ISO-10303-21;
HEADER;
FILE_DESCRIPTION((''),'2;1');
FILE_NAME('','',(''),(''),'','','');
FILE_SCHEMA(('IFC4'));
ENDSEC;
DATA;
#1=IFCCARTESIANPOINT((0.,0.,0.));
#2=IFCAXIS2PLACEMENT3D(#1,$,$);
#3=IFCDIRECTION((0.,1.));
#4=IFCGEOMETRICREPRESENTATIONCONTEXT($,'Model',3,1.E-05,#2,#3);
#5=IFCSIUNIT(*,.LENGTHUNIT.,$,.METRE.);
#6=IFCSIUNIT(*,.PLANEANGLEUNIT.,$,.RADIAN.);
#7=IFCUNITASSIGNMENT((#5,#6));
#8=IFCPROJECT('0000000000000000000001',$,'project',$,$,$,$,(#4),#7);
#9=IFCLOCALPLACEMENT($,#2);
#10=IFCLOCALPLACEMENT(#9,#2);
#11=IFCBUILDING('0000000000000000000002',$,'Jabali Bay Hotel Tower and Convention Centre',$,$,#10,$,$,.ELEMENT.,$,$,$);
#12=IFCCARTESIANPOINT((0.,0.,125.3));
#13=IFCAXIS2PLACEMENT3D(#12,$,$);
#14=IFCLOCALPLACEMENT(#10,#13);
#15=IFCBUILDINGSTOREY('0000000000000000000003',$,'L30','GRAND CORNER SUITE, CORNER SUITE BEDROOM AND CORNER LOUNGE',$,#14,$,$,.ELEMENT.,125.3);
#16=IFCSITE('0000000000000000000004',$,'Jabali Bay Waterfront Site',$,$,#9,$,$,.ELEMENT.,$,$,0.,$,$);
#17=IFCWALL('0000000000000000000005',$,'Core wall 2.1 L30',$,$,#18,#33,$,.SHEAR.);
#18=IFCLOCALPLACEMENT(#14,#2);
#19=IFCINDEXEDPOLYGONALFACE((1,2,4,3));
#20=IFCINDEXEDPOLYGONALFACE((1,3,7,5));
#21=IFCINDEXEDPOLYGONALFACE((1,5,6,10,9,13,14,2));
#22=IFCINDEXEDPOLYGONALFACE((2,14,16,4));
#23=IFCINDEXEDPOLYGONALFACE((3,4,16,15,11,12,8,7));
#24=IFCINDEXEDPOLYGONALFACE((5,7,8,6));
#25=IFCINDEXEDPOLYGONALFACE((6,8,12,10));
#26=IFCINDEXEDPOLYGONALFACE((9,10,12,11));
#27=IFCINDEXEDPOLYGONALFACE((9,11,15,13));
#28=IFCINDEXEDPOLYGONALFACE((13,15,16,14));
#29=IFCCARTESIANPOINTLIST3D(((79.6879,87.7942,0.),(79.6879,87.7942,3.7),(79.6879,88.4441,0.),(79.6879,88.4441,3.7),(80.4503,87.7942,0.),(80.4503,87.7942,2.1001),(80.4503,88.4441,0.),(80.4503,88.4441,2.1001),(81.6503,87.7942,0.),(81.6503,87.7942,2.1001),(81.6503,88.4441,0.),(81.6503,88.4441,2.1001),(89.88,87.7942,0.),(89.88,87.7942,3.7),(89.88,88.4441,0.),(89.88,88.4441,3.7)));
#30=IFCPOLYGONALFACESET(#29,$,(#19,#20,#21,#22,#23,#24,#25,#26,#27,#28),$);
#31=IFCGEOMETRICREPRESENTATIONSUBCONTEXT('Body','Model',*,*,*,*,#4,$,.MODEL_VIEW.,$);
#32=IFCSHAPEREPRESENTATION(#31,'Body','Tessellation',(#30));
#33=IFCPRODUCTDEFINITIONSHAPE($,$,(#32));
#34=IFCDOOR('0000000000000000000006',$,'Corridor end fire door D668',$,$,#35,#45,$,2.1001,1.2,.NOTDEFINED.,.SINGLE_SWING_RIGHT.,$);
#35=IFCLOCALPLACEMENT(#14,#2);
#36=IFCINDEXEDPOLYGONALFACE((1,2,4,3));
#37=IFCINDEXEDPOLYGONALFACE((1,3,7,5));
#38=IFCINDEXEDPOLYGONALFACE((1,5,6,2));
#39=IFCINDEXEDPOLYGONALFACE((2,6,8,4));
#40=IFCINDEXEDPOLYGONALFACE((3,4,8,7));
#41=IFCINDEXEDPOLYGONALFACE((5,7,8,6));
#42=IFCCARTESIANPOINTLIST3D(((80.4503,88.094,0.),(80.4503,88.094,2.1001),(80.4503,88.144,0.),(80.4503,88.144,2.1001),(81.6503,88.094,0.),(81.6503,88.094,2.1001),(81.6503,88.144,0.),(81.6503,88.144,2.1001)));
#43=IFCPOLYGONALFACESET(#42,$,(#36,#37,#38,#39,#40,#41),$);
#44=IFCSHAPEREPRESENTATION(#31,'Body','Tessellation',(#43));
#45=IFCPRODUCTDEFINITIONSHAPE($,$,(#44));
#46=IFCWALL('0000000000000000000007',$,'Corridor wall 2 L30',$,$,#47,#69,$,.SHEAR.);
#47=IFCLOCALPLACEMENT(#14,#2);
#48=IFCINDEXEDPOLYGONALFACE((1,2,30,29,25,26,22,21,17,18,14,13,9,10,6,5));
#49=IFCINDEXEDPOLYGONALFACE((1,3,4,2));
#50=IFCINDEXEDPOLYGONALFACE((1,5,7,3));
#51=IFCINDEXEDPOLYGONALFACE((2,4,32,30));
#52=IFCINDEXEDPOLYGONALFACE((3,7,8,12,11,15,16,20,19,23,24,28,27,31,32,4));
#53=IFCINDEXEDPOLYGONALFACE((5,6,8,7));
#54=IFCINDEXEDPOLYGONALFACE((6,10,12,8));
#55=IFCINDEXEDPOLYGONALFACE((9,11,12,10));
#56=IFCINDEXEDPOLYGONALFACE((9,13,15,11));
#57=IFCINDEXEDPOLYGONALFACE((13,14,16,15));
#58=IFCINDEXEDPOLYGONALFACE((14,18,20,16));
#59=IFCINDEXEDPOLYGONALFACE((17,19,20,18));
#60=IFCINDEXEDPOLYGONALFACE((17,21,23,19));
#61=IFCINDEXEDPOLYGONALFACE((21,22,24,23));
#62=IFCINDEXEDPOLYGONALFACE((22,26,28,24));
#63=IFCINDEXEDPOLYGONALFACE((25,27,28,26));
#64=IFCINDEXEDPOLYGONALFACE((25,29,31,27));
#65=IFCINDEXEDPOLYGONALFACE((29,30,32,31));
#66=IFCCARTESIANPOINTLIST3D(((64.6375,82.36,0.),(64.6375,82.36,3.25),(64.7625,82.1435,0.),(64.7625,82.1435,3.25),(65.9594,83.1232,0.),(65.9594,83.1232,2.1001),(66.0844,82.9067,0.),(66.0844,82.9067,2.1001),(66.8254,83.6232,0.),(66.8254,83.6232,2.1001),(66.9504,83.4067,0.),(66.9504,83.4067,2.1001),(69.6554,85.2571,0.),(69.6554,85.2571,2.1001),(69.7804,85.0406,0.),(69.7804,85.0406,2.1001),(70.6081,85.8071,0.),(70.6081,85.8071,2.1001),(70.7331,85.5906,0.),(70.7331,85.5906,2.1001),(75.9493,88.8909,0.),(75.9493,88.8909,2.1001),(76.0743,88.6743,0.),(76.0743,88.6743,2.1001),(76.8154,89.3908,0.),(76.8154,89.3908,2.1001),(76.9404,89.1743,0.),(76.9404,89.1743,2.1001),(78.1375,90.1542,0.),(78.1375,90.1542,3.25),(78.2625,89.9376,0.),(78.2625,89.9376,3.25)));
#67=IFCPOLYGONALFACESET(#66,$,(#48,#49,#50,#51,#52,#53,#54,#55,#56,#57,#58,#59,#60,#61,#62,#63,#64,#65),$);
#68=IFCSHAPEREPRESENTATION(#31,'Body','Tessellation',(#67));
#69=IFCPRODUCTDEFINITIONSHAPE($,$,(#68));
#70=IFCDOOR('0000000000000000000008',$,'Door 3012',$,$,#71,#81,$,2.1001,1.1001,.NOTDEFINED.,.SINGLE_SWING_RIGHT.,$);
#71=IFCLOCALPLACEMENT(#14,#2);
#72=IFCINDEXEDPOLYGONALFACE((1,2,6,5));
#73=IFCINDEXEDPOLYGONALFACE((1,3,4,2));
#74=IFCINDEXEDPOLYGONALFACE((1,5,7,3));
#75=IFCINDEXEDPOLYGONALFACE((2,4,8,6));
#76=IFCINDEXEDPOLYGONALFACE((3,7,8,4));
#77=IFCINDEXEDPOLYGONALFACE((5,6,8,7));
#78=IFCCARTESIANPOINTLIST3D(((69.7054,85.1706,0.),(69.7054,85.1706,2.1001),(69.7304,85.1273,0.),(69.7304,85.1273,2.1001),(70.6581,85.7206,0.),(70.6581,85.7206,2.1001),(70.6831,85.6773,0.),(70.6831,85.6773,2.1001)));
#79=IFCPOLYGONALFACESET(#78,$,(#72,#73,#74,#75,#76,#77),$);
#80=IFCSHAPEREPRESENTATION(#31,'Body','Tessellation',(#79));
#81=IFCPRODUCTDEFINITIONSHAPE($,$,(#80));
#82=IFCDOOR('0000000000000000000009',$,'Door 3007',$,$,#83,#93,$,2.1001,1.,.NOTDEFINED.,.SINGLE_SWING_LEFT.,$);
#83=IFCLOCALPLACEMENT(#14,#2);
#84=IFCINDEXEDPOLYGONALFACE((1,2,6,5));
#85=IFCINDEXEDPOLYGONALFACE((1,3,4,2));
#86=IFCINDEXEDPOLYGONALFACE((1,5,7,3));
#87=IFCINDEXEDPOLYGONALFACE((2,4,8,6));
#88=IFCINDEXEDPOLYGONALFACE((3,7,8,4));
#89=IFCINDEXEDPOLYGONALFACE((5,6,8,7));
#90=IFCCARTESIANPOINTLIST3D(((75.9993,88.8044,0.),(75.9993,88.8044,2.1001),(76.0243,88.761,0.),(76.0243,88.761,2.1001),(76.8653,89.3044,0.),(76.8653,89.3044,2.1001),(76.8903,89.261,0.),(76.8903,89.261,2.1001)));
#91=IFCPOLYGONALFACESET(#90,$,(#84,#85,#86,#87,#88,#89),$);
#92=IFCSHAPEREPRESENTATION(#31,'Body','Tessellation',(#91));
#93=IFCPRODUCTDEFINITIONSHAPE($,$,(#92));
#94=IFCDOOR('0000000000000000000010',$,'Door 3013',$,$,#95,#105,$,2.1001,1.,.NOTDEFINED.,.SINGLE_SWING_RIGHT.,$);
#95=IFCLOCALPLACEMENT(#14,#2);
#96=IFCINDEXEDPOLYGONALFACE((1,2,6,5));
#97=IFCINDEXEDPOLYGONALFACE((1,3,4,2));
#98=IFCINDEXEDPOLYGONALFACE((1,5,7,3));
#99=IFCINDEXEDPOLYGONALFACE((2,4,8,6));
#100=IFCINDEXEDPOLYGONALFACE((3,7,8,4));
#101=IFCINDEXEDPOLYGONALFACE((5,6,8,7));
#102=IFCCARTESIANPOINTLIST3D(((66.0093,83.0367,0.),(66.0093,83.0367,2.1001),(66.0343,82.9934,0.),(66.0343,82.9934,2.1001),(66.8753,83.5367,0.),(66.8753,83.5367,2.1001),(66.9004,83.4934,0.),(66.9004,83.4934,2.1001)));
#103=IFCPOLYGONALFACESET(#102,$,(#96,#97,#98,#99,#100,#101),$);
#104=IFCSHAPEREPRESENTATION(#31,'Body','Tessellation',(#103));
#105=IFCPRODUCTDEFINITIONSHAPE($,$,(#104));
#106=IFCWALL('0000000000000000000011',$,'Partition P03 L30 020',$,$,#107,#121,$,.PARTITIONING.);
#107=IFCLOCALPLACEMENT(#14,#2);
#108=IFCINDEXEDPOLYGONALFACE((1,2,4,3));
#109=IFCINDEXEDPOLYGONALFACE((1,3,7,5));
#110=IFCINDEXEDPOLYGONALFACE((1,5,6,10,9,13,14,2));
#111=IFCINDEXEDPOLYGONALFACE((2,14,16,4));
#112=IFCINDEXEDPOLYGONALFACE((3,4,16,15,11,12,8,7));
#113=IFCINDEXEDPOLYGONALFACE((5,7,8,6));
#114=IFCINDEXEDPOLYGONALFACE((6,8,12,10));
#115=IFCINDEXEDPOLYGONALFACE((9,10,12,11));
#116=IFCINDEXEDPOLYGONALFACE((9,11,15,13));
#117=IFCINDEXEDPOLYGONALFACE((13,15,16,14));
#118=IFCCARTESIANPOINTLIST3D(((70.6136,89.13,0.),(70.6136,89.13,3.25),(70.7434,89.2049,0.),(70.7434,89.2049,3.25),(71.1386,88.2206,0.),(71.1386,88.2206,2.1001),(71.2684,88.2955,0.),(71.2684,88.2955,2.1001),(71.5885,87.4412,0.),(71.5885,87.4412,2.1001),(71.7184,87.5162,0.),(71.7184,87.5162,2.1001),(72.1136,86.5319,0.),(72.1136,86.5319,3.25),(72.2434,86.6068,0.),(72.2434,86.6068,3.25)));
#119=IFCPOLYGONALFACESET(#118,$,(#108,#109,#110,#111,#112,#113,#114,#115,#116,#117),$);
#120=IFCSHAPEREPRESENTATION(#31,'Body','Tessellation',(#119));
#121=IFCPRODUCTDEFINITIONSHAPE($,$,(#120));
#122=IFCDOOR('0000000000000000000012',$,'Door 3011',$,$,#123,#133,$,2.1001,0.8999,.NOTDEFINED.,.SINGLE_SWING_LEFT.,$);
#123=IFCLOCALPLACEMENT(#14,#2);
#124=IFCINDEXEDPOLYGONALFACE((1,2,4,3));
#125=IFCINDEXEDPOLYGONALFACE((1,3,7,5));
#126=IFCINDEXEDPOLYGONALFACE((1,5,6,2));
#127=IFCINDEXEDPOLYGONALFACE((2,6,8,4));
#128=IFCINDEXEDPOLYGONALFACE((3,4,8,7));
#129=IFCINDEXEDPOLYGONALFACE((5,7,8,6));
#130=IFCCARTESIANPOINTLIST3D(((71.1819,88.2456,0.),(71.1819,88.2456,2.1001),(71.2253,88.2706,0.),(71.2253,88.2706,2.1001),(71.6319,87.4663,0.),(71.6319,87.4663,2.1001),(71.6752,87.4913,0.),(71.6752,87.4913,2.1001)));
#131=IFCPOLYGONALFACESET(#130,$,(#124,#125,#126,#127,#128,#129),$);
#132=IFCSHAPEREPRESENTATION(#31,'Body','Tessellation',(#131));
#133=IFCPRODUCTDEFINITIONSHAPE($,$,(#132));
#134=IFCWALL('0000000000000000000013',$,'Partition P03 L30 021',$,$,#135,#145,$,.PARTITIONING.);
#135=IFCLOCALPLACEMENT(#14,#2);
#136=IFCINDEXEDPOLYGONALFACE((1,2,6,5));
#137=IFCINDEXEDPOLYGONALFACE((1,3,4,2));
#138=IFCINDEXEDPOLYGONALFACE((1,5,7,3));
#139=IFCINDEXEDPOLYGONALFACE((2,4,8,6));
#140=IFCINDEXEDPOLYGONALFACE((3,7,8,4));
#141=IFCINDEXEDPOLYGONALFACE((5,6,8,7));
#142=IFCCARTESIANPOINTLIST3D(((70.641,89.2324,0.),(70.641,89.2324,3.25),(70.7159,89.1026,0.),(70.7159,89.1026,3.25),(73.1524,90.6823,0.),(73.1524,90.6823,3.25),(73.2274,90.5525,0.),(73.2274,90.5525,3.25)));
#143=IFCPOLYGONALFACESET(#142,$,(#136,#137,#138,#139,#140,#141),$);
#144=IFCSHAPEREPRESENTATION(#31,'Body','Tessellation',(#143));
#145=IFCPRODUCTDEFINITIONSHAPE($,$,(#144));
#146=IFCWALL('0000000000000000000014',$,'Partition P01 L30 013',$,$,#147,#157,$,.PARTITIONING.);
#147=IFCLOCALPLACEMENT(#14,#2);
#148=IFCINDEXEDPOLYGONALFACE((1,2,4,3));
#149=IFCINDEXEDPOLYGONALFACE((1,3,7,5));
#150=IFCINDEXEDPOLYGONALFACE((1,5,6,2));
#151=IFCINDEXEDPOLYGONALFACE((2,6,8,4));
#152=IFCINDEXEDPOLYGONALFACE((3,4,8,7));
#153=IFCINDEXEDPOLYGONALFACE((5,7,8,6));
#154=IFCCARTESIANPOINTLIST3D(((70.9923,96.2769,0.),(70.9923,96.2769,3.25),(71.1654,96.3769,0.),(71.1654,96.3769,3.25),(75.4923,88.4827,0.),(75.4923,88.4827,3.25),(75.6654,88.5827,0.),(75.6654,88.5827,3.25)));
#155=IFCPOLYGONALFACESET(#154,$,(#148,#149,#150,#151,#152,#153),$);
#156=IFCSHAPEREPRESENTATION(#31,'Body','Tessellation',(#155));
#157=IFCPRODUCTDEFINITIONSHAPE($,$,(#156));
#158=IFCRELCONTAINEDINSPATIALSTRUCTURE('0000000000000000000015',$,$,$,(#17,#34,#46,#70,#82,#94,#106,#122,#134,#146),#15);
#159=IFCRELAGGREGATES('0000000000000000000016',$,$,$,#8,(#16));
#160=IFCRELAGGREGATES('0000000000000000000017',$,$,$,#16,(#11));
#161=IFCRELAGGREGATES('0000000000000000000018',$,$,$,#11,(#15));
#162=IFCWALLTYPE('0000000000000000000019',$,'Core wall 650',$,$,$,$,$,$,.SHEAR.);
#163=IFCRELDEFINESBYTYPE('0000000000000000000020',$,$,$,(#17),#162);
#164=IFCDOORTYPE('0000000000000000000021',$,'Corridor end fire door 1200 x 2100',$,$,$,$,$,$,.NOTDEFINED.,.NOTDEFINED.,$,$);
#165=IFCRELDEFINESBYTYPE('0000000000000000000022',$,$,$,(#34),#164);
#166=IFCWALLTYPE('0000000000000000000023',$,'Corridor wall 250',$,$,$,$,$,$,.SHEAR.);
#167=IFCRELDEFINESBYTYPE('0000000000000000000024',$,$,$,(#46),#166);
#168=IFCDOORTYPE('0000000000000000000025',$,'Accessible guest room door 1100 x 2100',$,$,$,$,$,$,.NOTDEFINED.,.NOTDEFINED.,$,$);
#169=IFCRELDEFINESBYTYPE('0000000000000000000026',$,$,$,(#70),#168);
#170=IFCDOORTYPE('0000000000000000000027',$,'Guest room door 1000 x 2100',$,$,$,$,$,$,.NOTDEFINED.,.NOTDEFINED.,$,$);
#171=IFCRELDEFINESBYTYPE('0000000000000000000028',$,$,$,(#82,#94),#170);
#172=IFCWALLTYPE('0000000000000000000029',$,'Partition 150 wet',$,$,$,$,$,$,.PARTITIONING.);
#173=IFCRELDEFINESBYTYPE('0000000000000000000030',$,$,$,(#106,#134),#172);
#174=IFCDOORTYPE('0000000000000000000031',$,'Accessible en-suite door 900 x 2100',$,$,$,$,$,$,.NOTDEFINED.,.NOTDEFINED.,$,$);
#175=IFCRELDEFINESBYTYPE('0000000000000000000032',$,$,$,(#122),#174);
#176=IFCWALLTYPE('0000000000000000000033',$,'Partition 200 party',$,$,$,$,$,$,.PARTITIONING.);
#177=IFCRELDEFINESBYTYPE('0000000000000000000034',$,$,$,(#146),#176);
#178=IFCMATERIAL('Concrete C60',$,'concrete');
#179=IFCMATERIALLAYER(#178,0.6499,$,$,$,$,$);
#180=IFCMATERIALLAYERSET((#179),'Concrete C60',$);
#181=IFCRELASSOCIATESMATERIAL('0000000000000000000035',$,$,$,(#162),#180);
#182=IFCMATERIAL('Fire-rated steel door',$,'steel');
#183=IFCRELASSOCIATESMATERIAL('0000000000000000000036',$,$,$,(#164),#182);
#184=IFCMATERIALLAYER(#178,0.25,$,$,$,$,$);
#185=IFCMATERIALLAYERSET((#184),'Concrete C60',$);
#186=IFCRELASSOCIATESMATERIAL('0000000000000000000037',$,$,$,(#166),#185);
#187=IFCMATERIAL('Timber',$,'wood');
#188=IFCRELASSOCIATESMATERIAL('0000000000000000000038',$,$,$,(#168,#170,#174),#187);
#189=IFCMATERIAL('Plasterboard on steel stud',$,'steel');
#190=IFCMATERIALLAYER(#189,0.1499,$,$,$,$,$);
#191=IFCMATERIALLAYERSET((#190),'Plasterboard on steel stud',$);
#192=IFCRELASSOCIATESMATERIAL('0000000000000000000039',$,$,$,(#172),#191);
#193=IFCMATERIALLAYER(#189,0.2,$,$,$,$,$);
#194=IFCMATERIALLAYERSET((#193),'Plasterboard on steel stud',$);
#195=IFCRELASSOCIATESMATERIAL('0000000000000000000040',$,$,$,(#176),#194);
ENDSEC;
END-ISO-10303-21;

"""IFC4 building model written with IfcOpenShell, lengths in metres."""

from ifc_helpers import new_model, si_unit, direction, frame, frame_2d, origin, place, context, subcontext, project, spatial, rectangle, extrude, material, layer, layer_set, type_object, element, fill, save


model = new_model("IFC4")

# Units and contexts
model_context = context("Model", 3, precision=1e-05, world=origin(), true_north=direction((0.0, 1.0)))
body_context = subcontext(model_context, "Body", "Model", "MODEL_VIEW")
ifc_project = project(units=[si_unit("LENGTHUNIT", "METRE"), si_unit("PLANEANGLEUNIT", "RADIAN")], contexts=[model_context])

# Site, building, storey
site_placement = place(None, origin())
site = spatial("IfcSite", under=ifc_project, at=site_placement, Name="Jabali Bay Waterfront Site", CompositionType="ELEMENT", RefElevation=0.0)
building_placement = place(site_placement, origin())
building = spatial("IfcBuilding", under=site, at=building_placement, Name="Jabali Bay Hotel Tower and Convention Centre", CompositionType="ELEMENT")
storey_placement = place(building_placement, frame((0.0, 0.0, 125.3)))
storey = spatial("IfcBuildingStorey", under=building, at=storey_placement, Name="L30", Description="GRAND CORNER SUITE, CORNER SUITE BEDROOM AND CORNER LOUNGE", CompositionType="ELEMENT", Elevation=125.3)

# Shared definitions
ifc_material_1 = material(Name="Fire-rated steel door", Category="steel")

# Shared definitions
ifc_material_2 = material(Name="Concrete C60", Category="concrete")
ifc_layer_1 = layer(ifc_material_2, 0.6499)
ifc_layer_set_1 = layer_set([ifc_layer_1], Name="Concrete C60")
wall_type_1 = type_object("IfcWallType", Name="Core wall 650", PredefinedType="SHEAR", material=ifc_layer_set_1)

# Wall, opening, door
wall_1_placement = place(storey_placement, frame((79.6877, 88.1191, 0.0), z_axis=(0.0, 0.0, 1.0), x_axis=(1.0, 0.0, 0.0)))
wall_1 = element("IfcWall", 1, at=wall_1_placement, inside=storey, type_object=wall_type_1, Name="Core wall 2.1 L30", PredefinedType="SHEAR", context=body_context, shape_type="SweptSolid", body=[
    extrude(rectangle(XDim=10.1921, YDim=0.6499, at=frame_2d((5.0962, 0.0))), origin(), (0.0, 0.0, 1.0), 3.7),
])
opening_1_placement = place(wall_1_placement, frame((0.7625, 0.0, 0.0)))
opening_1 = element("IfcOpeningElement", 2, at=opening_1_placement, cuts=wall_1, PredefinedType="OPENING", context=body_context, shape_type="SweptSolid", body=[
    extrude(rectangle(XDim=1.2, YDim=2.1001, at=frame_2d((0.6001, 1.05))), frame((0.0, 0.3354, 0.0), z_axis=(0.0, -1.0, 0.0), x_axis=(1.0, 0.0, 0.0)), (0.0, 0.0, 1.0), 0.6709),
])
door_type_1 = type_object("IfcDoorType", Name="Corridor end fire door 1200 x 2100", OperationType="NOTDEFINED", PredefinedType="NOTDEFINED", material=ifc_material_1)
door_1_placement = place(opening_1_placement, origin())
door_1 = element("IfcDoor", 3, at=door_1_placement, inside=storey, type_object=door_type_1, Name="Corridor end fire door D668", OperationType="SINGLE_SWING_RIGHT", OverallHeight=2.1001, OverallWidth=1.2, PredefinedType="NOTDEFINED", context=body_context, shape_type="SweptSolid", body=[
    extrude(rectangle(XDim=1.2, YDim=2.1001, at=frame_2d((0.6001, 1.05))), frame((0.0, 0.0249, 0.0), z_axis=(0.0, -1.0, 0.0), x_axis=(1.0, 0.0, 0.0)), (0.0, 0.0, 1.0), 0.05),
])
fill(opening_1, door_1)

# Wall, openings, doors
ifc_layer_2 = layer(ifc_material_2, 0.25)
ifc_layer_set_2 = layer_set([ifc_layer_2], Name="Concrete C60")
wall_type_2 = type_object("IfcWallType", Name="Corridor wall 250", PredefinedType="SHEAR", material=ifc_layer_set_2)
wall_2_placement = place(storey_placement, frame((78.2, 90.0459, 0.0), z_axis=(0.0, 0.0, 1.0), x_axis=(-0.866026, -0.499998, 0.0)))
wall_2 = element("IfcWall", 4, at=wall_2_placement, inside=storey, type_object=wall_type_2, Name="Corridor wall 2 L30", PredefinedType="SHEAR", context=body_context, shape_type="SweptSolid", body=[
    extrude(rectangle(XDim=15.5884, YDim=0.25, at=frame_2d((7.7942, 0.0))), origin(), (0.0, 0.0, 1.0), 3.25),
])
opening_2_placement = place(wall_2_placement, frame((1.5266, 0.0, 0.0)))
opening_2 = element("IfcOpeningElement", 5, at=opening_2_placement, cuts=wall_2, PredefinedType="OPENING", context=body_context, shape_type="SweptSolid", body=[
    extrude(rectangle(XDim=1.0, YDim=2.1001, at=frame_2d((0.5, 1.05))), frame((0.0, 0.1355, 0.0), z_axis=(0.0, -1.0, 0.0), x_axis=(1.0, 0.0, 0.0)), (0.0, 0.0, 1.0), 0.271),
])
opening_3_placement = place(wall_2_placement, frame((8.6941, 0.0, 0.0)))
opening_3 = element("IfcOpeningElement", 6, at=opening_3_placement, cuts=wall_2, PredefinedType="OPENING", context=body_context, shape_type="SweptSolid", body=[
    extrude(rectangle(XDim=1.1001, YDim=2.1001, at=frame_2d((0.55, 1.05))), frame((0.0, 0.1355, 0.0), z_axis=(0.0, -1.0, 0.0), x_axis=(1.0, 0.0, 0.0)), (0.0, 0.0, 1.0), 0.271),
])
opening_4_placement = place(wall_2_placement, frame((13.062, 0.0, 0.0)))
opening_4 = element("IfcOpeningElement", 7, at=opening_4_placement, cuts=wall_2, PredefinedType="OPENING", context=body_context, shape_type="SweptSolid", body=[
    extrude(rectangle(XDim=1.0, YDim=2.1001, at=frame_2d((0.5, 1.05))), frame((0.0, 0.1355, 0.0), z_axis=(0.0, -1.0, 0.0), x_axis=(1.0, 0.0, 0.0)), (0.0, 0.0, 1.0), 0.271),
])
ifc_material_3 = material(Name="Timber", Category="wood")
door_type_2 = type_object("IfcDoorType", Name="Accessible guest room door 1100 x 2100", OperationType="NOTDEFINED", PredefinedType="NOTDEFINED", material=ifc_material_3)
door_2_placement = place(opening_3_placement, origin())
door_2 = element("IfcDoor", 8, at=door_2_placement, inside=storey, type_object=door_type_2, Name="Door 3012", OperationType="SINGLE_SWING_RIGHT", OverallHeight=2.1001, OverallWidth=1.1001, PredefinedType="NOTDEFINED", context=body_context, shape_type="SweptSolid", body=[
    extrude(rectangle(XDim=1.1001, YDim=2.1001, at=frame_2d((0.55, 1.05))), frame((0.0, 0.0249, 0.0), z_axis=(0.0, -1.0, 0.0), x_axis=(1.0, 0.0, 0.0)), (0.0, 0.0, 1.0), 0.05),
])
fill(opening_3, door_2)
door_type_3 = type_object("IfcDoorType", Name="Guest room door 1000 x 2100", OperationType="NOTDEFINED", PredefinedType="NOTDEFINED", material=ifc_material_3)
door_3_placement = place(opening_2_placement, origin())
door_3 = element("IfcDoor", 9, at=door_3_placement, inside=storey, type_object=door_type_3, Name="Door 3007", OperationType="SINGLE_SWING_LEFT", OverallHeight=2.1001, OverallWidth=1.0, PredefinedType="NOTDEFINED", context=body_context, shape_type="SweptSolid", body=[
    extrude(rectangle(XDim=1.0, YDim=2.1001, at=frame_2d((0.5, 1.05))), frame((0.0, 0.0249, 0.0), z_axis=(0.0, -1.0, 0.0), x_axis=(1.0, 0.0, 0.0)), (0.0, 0.0, 1.0), 0.05),
])
fill(opening_2, door_3)
door_4_placement = place(opening_4_placement, origin())
door_4 = element("IfcDoor", 10, at=door_4_placement, inside=storey, type_object=door_type_3, Name="Door 3013", OperationType="SINGLE_SWING_RIGHT", OverallHeight=2.1001, OverallWidth=1.0, PredefinedType="NOTDEFINED", context=body_context, shape_type="SweptSolid", body=[
    extrude(rectangle(XDim=1.0, YDim=2.1001, at=frame_2d((0.5, 1.05))), frame((0.0, 0.0249, 0.0), z_axis=(0.0, -1.0, 0.0), x_axis=(1.0, 0.0, 0.0)), (0.0, 0.0, 1.0), 0.05),
])
fill(opening_4, door_4)

# Wall, opening, door
ifc_material_4 = material(Name="Plasterboard on steel stud", Category="steel")
ifc_layer_3 = layer(ifc_material_4, 0.1499)
ifc_layer_set_3 = layer_set([ifc_layer_3], Name="Plasterboard on steel stud")
wall_type_3 = type_object("IfcWallType", Name="Partition 150 wet", PredefinedType="PARTITIONING", material=ifc_layer_set_3)
wall_3_placement = place(storey_placement, frame((72.1785, 86.5693, 0.0), z_axis=(0.0, 0.0, 1.0), x_axis=(-0.49999, 0.866031, 0.0)))
wall_3 = element("IfcWall", 11, at=wall_3_placement, inside=storey, type_object=wall_type_3, Name="Partition P03 L30 020", PredefinedType="PARTITIONING", context=body_context, shape_type="SweptSolid", body=[
    extrude(rectangle(XDim=3.0, YDim=0.1499, at=frame_2d((1.5, 0.0))), origin(), (0.0, 0.0, 1.0), 3.25),
])
opening_5_placement = place(wall_3_placement, frame((1.05, 0.0, 0.0)))
opening_5 = element("IfcOpeningElement", 12, at=opening_5_placement, cuts=wall_3, PredefinedType="OPENING", context=body_context, shape_type="SweptSolid", body=[
    extrude(rectangle(XDim=0.8999, YDim=2.1001, at=frame_2d((0.45, 1.05))), frame((0.0, 0.0854, 0.0), z_axis=(0.0, -1.0, 0.0), x_axis=(1.0, 0.0, 0.0)), (0.0, 0.0, 1.0), 0.1709),
])
door_type_4 = type_object("IfcDoorType", Name="Accessible en-suite door 900 x 2100", OperationType="NOTDEFINED", PredefinedType="NOTDEFINED", material=ifc_material_3)
door_5_placement = place(opening_5_placement, origin())
door_5 = element("IfcDoor", 13, at=door_5_placement, inside=storey, type_object=door_type_4, Name="Door 3011", OperationType="SINGLE_SWING_LEFT", OverallHeight=2.1001, OverallWidth=0.8999, PredefinedType="NOTDEFINED", context=body_context, shape_type="SweptSolid", body=[
    extrude(rectangle(XDim=0.8999, YDim=2.1001, at=frame_2d((0.45, 1.05))), frame((0.0, 0.0249, 0.0), z_axis=(0.0, -1.0, 0.0), x_axis=(1.0, 0.0, 0.0)), (0.0, 0.0, 1.0), 0.05),
])
fill(opening_5, door_5)

# Walls
wall_4_placement = place(storey_placement, frame((70.6785, 89.1675, 0.0), z_axis=(0.0, 0.0, 1.0), x_axis=(0.866033, 0.499987, 0.0)))
element("IfcWall", 14, at=wall_4_placement, inside=storey, type_object=wall_type_3, Name="Partition P03 L30 021", PredefinedType="PARTITIONING", context=body_context, shape_type="SweptSolid", body=[
    extrude(rectangle(XDim=2.8999, YDim=0.1499, at=frame_2d((1.45, 0.0))), origin(), (0.0, 0.0, 1.0), 3.25),
])
ifc_layer_4 = layer(ifc_material_4, 0.2)
ifc_layer_set_4 = layer_set([ifc_layer_4], Name="Plasterboard on steel stud")
wall_type_4 = type_object("IfcWallType", Name="Partition 200 party", PredefinedType="PARTITIONING", material=ifc_layer_set_4)
wall_5_placement = place(storey_placement, frame((75.5789, 88.5327, 0.0), z_axis=(0.0, 0.0, 1.0), x_axis=(-0.500002, 0.866024, 0.0)))
element("IfcWall", 15, at=wall_5_placement, inside=storey, type_object=wall_type_4, Name="Partition P01 L30 013", PredefinedType="PARTITIONING", context=body_context, shape_type="SweptSolid", body=[
    extrude(rectangle(XDim=9.0, YDim=0.2, at=frame_2d((4.5, 0.0))), origin(), (0.0, 0.0, 1.0), 3.25),
])

save(model, "model.ifc")
